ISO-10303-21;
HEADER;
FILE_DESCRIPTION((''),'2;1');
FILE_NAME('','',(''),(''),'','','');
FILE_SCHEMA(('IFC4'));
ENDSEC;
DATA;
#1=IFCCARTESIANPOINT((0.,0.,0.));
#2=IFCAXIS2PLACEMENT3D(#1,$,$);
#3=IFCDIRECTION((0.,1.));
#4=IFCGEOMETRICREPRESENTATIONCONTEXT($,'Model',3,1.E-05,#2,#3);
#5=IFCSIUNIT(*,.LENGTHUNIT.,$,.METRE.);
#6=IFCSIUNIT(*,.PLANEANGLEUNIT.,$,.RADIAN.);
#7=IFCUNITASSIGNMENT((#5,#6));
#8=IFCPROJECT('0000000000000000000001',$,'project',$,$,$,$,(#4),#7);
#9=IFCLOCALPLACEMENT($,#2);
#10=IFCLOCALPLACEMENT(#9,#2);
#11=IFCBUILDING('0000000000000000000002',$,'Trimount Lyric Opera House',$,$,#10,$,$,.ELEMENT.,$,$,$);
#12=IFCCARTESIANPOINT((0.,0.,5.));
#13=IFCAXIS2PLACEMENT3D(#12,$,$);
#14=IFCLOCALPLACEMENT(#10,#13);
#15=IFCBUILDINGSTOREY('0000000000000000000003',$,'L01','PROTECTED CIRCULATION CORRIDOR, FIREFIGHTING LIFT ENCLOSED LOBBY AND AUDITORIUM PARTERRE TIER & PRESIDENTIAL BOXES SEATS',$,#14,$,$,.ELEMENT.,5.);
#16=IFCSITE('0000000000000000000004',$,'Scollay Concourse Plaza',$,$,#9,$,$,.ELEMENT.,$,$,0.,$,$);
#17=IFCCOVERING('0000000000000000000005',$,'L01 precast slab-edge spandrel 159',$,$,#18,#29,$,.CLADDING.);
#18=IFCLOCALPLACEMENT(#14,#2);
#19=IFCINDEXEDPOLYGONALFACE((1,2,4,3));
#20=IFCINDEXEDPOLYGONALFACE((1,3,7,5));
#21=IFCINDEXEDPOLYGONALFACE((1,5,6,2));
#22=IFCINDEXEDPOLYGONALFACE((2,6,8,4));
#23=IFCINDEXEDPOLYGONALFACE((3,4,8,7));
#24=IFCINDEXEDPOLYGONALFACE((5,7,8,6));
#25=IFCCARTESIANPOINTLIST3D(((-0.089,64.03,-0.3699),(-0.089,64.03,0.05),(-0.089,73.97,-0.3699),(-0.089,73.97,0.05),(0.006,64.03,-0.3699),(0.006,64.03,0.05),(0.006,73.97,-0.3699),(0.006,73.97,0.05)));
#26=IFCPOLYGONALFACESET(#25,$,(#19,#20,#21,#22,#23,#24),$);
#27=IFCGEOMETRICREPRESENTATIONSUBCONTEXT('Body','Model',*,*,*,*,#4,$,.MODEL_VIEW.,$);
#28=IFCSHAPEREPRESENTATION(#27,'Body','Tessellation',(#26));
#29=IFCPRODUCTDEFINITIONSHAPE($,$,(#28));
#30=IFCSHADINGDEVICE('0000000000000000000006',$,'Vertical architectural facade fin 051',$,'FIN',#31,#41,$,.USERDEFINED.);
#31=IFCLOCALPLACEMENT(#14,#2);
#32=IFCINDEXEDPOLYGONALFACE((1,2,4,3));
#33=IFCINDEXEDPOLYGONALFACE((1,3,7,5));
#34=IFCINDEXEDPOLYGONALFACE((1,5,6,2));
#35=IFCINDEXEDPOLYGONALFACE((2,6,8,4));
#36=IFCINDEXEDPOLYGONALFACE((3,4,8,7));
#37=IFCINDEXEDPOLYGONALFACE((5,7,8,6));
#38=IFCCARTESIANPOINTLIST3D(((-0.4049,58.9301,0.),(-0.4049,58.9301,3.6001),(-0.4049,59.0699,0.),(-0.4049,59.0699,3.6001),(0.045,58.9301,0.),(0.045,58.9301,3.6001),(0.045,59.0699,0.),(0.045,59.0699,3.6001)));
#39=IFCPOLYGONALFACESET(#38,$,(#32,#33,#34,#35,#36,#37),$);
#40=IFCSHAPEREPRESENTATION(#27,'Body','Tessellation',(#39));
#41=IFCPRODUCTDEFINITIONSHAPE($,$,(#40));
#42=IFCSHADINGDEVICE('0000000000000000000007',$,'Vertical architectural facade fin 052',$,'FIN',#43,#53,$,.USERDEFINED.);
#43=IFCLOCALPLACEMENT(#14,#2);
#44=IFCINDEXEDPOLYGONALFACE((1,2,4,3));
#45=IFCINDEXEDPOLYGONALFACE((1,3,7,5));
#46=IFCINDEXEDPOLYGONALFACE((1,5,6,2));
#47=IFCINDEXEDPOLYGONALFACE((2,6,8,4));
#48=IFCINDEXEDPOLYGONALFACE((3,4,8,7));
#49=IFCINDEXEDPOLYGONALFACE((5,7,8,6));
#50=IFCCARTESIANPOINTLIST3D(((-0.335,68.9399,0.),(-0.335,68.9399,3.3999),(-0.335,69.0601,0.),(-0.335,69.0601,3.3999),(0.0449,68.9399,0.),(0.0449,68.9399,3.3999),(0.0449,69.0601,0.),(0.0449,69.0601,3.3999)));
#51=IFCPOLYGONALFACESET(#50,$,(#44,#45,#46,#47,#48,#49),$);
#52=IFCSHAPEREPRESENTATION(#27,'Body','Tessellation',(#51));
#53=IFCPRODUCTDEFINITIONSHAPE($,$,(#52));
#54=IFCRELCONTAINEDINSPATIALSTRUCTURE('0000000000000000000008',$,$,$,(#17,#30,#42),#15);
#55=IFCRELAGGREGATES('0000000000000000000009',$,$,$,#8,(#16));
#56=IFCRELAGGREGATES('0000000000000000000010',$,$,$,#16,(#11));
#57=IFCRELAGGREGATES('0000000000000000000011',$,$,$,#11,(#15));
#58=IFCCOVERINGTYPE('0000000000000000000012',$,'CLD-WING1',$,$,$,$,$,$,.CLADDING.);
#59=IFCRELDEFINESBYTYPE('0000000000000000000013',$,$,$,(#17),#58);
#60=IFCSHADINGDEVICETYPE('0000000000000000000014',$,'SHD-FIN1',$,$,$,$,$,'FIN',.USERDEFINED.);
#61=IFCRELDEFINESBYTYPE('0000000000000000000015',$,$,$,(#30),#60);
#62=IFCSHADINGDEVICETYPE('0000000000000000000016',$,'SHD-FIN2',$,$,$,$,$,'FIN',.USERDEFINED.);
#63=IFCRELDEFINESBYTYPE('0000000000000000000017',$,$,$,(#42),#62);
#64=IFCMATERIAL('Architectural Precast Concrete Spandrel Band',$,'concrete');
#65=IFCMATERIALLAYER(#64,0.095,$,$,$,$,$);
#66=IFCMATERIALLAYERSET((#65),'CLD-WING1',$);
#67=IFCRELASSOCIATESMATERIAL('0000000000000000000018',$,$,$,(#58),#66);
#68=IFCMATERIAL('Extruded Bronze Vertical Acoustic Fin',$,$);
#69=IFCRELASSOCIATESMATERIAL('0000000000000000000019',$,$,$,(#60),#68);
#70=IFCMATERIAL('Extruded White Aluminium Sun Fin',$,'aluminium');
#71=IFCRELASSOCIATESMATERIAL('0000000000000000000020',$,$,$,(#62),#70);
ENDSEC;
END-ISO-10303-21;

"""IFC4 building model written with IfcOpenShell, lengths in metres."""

from ifc_helpers import new_model, si_unit, direction, frame, origin, origin_2d, place, context, subcontext, project, spatial, rectangle, extrude, material, layer, layer_set, type_object, element, save


model = new_model("IFC4")

# Units and contexts
model_context = context("Model", 3, precision=1e-05, world=origin(), true_north=direction((0.0, 1.0)))
body_context = subcontext(model_context, "Body", "Model", "MODEL_VIEW")
ifc_project = project(units=[si_unit("LENGTHUNIT", "METRE"), si_unit("PLANEANGLEUNIT", "RADIAN")], contexts=[model_context])

# Site, building, storey
site_placement = place(None, origin())
site = spatial("IfcSite", under=ifc_project, at=site_placement, Name="Scollay Concourse Plaza", CompositionType="ELEMENT", RefElevation=0.0)
building_placement = place(site_placement, origin())
building = spatial("IfcBuilding", under=site, at=building_placement, Name="Trimount Lyric Opera House", CompositionType="ELEMENT")
storey_placement = place(building_placement, frame((0.0, 0.0, 5.0)))
storey = spatial("IfcBuildingStorey", under=building, at=storey_placement, Name="L01", Description="PROTECTED CIRCULATION CORRIDOR, FIREFIGHTING LIFT ENCLOSED LOBBY AND AUDITORIUM PARTERRE TIER & PRESIDENTIAL BOXES SEATS", CompositionType="ELEMENT", Elevation=5.0)

# Covering
ifc_material_1 = material(Name="Architectural Precast Concrete Spandrel Band", Category="concrete")
ifc_layer_1 = layer(ifc_material_1, 0.095)
ifc_layer_set_1 = layer_set([ifc_layer_1], Name="CLD-WING1")
covering_type = type_object("IfcCoveringType", Name="CLD-WING1", PredefinedType="CLADDING", material=ifc_layer_set_1)
for number, where, z_axis, x_axis, name in (
    (1, (-0.0415, 69.0, -0.3699), (0.0, 0.0, 1.0), (0.0, 1.0, 0.0), "L01 precast slab-edge spandrel 159"),
):
    element("IfcCovering", number, at=place(storey_placement, frame(where, z_axis=z_axis, x_axis=x_axis)), inside=storey, type_object=covering_type, Name=name, PredefinedType="CLADDING", context=body_context, shape_type="SweptSolid", body=[
        extrude(rectangle(XDim=9.9399, YDim=0.095, at=origin_2d()), origin(), (0.0, 0.0, 1.0), 0.4199),
    ])

# Shading devices
ifc_material_2 = material(Name="Extruded Bronze Vertical Acoustic Fin")
shading_device_type_1 = type_object("IfcShadingDeviceType", Name="SHD-FIN1", ElementType="FIN", PredefinedType="USERDEFINED", material=ifc_material_2)
shading_device_1_placement = place(storey_placement, frame((-0.1799, 59.0, 0.0), z_axis=(0.0, 0.0, 1.0), x_axis=(1.0, 0.0, 0.0)))
element("IfcShadingDevice", 2, at=shading_device_1_placement, inside=storey, type_object=shading_device_type_1, Name="Vertical architectural facade fin 051", ObjectType="FIN", PredefinedType="USERDEFINED", context=body_context, shape_type="SweptSolid", body=[
    extrude(rectangle(XDim=0.45, YDim=0.1399, at=origin_2d()), origin(), (0.0, 0.0, 1.0), 3.6001),
])
ifc_material_3 = material(Name="Extruded White Aluminium Sun Fin", Category="aluminium")
shading_device_type_2 = type_object("IfcShadingDeviceType", Name="SHD-FIN2", ElementType="FIN", PredefinedType="USERDEFINED", material=ifc_material_3)
shading_device_2_placement = place(storey_placement, frame((-0.145, 69.0, 0.0), z_axis=(0.0, 0.0, 1.0), x_axis=(1.0, 0.0, 0.0)))
element("IfcShadingDevice", 3, at=shading_device_2_placement, inside=storey, type_object=shading_device_type_2, Name="Vertical architectural facade fin 052", ObjectType="FIN", PredefinedType="USERDEFINED", context=body_context, shape_type="SweptSolid", body=[
    extrude(rectangle(XDim=0.3799, YDim=0.1201, at=origin_2d()), origin(), (0.0, 0.0, 1.0), 3.3999),
])

save(model, "model.ifc")
